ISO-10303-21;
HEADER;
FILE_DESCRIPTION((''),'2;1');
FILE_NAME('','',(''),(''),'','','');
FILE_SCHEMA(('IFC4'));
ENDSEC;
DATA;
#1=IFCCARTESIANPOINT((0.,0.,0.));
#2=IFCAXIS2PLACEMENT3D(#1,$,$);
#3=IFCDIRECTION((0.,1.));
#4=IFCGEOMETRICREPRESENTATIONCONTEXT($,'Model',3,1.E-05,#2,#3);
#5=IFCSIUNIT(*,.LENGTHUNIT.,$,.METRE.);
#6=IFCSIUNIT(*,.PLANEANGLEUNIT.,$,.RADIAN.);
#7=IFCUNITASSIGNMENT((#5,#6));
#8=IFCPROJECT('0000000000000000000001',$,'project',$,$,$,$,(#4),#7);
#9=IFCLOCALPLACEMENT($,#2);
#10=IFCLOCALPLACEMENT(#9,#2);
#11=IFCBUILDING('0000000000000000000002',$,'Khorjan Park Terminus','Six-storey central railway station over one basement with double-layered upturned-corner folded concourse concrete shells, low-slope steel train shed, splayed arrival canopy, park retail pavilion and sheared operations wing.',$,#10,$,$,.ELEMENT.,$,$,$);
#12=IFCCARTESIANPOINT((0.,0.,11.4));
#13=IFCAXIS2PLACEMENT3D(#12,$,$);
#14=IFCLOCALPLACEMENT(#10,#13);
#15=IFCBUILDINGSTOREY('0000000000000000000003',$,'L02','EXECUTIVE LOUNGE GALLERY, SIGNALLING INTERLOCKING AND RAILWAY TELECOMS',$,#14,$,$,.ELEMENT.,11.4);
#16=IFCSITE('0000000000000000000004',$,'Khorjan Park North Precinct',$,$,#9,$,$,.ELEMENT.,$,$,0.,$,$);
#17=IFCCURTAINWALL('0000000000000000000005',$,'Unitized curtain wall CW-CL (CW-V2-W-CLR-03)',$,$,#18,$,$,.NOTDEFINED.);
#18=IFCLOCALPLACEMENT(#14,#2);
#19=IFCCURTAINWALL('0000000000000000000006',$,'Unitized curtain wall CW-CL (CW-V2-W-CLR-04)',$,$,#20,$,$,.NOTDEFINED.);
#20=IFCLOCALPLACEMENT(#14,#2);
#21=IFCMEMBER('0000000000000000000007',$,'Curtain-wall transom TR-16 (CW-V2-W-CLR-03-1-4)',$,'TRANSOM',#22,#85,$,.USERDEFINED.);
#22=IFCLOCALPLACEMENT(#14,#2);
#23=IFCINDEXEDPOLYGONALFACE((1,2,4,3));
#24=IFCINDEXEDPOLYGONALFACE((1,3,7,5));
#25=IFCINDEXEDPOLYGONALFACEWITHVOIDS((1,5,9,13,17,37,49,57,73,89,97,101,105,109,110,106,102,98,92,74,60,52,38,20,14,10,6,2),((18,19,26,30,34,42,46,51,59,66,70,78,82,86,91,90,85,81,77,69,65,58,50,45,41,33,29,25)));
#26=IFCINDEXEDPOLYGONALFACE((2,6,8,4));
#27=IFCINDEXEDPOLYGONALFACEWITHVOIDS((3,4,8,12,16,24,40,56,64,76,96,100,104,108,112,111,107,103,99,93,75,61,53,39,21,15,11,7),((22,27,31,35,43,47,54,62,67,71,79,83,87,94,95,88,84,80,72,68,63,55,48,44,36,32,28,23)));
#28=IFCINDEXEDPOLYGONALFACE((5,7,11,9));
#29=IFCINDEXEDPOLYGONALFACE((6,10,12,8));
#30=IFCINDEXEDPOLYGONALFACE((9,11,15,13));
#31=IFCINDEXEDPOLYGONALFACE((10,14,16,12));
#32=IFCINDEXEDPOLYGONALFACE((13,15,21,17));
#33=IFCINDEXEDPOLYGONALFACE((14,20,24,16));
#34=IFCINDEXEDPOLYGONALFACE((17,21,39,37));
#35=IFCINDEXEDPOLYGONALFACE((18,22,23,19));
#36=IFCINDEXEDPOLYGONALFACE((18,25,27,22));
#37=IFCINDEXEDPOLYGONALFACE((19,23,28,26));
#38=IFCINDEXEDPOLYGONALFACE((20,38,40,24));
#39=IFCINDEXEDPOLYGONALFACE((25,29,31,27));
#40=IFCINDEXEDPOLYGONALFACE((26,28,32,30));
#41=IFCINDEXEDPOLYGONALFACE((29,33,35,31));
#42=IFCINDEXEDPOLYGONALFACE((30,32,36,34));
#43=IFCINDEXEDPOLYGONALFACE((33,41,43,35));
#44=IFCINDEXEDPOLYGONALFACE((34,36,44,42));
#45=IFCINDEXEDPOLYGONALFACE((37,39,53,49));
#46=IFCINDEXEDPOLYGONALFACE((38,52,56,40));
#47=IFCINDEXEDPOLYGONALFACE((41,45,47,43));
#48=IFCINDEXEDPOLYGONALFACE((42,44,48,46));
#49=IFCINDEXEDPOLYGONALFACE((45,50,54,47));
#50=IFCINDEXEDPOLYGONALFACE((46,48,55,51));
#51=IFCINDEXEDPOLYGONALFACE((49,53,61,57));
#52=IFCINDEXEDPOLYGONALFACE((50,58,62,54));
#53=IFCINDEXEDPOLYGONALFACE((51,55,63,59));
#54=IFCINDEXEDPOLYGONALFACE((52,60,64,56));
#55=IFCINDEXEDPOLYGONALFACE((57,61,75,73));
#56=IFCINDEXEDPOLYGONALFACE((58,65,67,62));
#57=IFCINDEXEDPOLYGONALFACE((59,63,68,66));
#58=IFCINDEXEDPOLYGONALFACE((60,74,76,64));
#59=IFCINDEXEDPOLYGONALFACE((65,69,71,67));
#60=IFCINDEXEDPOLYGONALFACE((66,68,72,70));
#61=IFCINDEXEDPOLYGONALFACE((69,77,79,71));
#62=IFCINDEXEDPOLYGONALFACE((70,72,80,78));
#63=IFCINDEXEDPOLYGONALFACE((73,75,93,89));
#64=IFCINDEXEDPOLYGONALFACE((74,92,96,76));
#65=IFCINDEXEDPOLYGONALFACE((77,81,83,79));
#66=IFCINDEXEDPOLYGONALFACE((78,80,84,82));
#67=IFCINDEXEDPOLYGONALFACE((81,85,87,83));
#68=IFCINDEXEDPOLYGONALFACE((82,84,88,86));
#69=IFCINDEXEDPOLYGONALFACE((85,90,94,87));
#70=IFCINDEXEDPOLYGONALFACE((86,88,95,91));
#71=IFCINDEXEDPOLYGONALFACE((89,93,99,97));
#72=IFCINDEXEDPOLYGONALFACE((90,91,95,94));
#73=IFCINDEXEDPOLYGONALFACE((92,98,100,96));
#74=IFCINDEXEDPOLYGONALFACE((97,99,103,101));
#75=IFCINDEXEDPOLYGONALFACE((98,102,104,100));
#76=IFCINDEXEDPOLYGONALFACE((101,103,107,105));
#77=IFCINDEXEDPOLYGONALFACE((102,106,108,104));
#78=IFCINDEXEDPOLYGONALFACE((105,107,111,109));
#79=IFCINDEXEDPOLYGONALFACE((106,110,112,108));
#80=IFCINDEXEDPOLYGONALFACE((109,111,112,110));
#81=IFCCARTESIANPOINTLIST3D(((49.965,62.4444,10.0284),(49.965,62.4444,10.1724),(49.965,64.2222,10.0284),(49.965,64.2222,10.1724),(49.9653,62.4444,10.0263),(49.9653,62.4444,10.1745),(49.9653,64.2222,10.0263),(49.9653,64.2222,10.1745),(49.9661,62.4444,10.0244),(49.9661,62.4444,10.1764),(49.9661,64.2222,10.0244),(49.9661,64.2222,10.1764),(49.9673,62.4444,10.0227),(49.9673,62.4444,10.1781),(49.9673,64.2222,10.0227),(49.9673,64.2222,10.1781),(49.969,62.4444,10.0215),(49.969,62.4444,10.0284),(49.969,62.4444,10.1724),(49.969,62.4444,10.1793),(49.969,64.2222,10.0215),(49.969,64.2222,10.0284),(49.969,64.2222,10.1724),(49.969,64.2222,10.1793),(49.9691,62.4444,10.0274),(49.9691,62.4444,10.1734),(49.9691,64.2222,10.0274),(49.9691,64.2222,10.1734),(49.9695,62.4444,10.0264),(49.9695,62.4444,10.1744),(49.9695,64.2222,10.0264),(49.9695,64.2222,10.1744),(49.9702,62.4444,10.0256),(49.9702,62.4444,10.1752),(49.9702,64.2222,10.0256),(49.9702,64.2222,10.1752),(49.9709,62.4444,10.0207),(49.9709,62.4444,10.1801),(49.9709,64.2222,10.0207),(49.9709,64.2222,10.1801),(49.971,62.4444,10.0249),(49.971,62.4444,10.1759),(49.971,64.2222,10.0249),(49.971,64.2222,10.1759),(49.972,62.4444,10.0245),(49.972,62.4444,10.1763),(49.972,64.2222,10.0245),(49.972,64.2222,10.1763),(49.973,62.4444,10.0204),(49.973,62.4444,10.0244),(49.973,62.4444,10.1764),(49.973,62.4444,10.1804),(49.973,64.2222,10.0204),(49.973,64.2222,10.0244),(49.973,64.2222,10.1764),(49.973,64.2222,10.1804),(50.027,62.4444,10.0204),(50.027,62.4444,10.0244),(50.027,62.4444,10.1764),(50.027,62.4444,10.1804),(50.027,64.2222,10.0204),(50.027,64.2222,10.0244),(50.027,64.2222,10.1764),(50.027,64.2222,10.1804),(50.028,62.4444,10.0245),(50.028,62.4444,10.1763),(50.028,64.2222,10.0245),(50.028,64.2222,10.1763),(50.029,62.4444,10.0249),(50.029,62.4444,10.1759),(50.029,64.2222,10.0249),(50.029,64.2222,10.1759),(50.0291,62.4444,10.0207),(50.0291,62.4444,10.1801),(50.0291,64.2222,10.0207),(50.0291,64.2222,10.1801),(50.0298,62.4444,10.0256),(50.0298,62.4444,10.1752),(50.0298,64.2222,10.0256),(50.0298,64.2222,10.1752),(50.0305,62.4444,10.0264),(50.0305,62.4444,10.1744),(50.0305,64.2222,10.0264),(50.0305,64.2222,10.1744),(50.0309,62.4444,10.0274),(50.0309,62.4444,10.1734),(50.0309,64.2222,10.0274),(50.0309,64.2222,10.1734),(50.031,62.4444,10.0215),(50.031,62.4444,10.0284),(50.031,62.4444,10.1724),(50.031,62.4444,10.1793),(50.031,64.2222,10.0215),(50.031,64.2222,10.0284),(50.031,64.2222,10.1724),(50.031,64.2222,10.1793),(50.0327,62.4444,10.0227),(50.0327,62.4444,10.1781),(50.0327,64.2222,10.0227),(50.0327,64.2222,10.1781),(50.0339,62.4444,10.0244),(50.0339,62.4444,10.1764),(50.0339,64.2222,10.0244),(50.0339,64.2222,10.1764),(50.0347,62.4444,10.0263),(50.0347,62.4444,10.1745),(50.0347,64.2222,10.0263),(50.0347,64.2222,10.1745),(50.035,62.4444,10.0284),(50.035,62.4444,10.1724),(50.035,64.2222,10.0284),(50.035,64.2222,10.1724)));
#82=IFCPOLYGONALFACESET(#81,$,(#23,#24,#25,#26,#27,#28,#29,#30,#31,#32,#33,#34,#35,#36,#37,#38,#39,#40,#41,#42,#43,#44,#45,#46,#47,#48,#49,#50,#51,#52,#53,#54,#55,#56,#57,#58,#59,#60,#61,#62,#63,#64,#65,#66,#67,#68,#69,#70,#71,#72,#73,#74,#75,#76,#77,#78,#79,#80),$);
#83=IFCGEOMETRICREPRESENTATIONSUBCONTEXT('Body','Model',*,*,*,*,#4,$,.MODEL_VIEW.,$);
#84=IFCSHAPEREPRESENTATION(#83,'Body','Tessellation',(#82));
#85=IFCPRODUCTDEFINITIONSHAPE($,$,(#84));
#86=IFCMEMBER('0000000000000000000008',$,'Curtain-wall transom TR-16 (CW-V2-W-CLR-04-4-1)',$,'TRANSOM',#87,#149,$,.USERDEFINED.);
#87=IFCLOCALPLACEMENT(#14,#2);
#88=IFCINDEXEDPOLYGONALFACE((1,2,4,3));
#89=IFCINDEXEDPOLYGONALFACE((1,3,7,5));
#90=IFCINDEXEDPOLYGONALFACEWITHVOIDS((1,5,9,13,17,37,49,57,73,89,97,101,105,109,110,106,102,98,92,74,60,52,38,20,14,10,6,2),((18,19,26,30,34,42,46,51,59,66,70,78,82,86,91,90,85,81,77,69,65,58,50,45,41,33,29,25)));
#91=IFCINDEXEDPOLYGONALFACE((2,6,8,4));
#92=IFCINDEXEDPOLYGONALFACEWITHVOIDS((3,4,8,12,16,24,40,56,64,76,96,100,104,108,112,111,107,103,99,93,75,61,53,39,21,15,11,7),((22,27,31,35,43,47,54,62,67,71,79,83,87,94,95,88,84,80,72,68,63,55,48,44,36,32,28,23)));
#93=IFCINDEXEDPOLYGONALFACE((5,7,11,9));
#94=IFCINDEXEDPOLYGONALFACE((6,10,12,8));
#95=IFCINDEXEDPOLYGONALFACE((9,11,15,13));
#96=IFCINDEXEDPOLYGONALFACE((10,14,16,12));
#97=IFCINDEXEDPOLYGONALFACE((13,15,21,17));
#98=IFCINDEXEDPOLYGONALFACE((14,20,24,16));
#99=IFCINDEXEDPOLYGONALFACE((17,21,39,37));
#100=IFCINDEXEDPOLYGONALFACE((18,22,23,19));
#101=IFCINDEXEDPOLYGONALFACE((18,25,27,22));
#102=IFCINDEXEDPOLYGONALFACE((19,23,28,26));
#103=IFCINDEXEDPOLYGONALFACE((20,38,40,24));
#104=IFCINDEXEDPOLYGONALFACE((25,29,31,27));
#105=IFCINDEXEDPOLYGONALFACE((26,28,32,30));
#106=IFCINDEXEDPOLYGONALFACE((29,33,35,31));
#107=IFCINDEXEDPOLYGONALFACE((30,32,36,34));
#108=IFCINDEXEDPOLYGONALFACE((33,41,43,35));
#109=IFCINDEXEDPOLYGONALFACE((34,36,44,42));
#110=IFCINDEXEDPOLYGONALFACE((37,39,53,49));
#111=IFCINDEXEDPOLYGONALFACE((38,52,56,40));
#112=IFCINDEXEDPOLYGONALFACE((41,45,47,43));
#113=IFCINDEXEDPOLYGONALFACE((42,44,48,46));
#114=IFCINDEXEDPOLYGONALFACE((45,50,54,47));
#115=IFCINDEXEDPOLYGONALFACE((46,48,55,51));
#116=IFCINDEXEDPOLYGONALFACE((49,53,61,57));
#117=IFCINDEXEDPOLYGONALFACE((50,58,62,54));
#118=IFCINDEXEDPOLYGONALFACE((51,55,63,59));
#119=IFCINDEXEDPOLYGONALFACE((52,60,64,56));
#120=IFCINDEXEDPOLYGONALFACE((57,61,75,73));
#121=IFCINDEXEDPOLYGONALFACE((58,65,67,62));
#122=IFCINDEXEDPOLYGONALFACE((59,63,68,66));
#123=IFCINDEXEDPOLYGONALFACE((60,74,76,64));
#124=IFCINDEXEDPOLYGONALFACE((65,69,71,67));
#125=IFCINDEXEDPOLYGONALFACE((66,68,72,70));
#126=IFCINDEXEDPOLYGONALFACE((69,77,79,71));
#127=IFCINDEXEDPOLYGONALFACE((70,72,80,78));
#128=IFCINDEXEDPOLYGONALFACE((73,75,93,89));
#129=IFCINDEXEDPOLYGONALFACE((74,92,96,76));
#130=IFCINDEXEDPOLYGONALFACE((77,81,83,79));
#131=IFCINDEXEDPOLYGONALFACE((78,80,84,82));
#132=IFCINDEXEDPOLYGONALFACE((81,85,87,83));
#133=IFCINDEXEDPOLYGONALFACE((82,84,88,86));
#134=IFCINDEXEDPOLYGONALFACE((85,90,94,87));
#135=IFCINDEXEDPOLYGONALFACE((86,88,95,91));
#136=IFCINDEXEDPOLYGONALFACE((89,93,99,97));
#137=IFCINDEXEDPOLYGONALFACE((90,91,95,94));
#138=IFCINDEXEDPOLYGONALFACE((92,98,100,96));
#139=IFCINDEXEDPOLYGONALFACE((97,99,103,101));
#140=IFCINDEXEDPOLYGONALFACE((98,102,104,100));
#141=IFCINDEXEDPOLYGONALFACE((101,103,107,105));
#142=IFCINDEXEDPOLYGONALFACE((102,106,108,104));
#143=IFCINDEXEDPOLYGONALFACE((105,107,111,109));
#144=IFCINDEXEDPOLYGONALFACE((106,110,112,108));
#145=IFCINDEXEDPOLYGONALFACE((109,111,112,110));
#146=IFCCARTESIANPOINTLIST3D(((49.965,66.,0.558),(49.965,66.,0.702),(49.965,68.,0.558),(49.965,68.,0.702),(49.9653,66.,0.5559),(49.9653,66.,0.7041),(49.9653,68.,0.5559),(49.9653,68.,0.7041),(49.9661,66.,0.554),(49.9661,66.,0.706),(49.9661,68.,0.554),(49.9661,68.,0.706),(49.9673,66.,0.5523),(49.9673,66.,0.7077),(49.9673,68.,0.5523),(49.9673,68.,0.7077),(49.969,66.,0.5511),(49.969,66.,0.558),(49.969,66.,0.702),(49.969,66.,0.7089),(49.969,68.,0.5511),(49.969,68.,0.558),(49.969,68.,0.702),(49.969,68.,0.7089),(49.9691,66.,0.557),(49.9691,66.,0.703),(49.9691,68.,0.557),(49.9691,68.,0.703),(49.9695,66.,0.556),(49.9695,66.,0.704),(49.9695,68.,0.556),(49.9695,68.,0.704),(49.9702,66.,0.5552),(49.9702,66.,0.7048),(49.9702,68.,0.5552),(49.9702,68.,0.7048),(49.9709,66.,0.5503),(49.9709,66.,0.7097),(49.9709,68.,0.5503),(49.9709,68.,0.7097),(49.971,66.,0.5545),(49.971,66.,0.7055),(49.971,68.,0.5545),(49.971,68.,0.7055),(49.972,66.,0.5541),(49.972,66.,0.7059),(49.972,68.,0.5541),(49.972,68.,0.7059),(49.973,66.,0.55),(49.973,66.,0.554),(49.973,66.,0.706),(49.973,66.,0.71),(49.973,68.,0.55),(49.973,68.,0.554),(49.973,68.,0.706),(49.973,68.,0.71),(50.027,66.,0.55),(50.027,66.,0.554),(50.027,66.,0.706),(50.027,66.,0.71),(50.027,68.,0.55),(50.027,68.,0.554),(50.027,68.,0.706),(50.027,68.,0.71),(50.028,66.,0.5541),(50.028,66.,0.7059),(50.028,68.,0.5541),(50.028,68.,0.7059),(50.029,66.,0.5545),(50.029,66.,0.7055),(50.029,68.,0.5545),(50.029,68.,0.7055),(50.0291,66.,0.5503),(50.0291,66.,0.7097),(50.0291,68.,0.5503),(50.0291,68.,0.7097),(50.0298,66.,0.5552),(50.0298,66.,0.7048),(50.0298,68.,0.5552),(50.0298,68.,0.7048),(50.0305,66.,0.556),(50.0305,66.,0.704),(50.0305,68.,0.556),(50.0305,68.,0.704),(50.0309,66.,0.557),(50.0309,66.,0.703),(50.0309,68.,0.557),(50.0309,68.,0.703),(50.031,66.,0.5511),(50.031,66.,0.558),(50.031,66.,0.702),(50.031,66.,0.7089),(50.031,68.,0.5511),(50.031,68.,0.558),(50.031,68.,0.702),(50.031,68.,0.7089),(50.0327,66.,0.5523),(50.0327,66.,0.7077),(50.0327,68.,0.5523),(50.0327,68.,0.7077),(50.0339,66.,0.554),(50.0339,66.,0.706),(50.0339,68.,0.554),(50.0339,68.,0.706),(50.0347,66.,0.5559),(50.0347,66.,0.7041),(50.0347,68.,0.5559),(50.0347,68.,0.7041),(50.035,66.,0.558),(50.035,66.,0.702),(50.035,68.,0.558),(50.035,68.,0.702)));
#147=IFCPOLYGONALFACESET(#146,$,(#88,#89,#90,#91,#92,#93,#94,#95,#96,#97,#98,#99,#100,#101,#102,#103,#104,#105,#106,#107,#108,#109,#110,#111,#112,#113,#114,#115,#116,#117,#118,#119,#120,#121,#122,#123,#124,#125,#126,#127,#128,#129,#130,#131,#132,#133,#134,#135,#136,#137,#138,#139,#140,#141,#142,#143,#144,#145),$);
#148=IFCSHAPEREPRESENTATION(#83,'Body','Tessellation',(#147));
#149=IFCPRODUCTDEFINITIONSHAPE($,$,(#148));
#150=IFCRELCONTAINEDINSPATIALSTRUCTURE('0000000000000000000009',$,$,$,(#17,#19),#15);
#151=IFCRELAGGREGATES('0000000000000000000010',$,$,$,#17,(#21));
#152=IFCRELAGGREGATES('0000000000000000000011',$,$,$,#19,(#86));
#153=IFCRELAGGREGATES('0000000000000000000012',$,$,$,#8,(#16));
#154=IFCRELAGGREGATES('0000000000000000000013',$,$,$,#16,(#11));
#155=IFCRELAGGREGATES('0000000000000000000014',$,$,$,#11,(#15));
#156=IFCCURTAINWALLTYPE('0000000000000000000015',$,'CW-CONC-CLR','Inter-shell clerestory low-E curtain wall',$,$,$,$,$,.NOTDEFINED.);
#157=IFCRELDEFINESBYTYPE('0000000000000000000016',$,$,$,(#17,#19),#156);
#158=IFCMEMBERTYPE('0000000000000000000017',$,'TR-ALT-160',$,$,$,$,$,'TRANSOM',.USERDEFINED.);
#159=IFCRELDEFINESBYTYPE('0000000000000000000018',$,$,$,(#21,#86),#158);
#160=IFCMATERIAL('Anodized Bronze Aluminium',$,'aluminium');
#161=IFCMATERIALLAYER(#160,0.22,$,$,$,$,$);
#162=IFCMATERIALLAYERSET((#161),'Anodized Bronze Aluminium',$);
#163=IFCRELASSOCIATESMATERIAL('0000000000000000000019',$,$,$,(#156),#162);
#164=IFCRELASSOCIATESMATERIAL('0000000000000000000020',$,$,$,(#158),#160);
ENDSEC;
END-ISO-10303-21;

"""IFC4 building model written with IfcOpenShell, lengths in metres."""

from ifc_helpers import new_model, si_unit, direction, frame, origin, origin_2d, place, context, subcontext, project, spatial, hollow_rectangle, extrude, material, layer, layer_set, material_profile, profile_set, type_object, element, aggregate, save


model = new_model("IFC4")

# Units and contexts
model_context = context("Model", 3, precision=1e-05, world=origin(), true_north=direction((0.0, 1.0)))
body_context = subcontext(model_context, "Body", "Model", "MODEL_VIEW")
ifc_project = project(units=[si_unit("LENGTHUNIT", "METRE"), si_unit("PLANEANGLEUNIT", "RADIAN")], contexts=[model_context])

# Site, building, storey
site_placement = place(None, origin())
site = spatial("IfcSite", under=ifc_project, at=site_placement, Name="Khorjan Park North Precinct", CompositionType="ELEMENT", RefElevation=0.0)
building_placement = place(site_placement, origin())
building = spatial("IfcBuilding", under=site, at=building_placement, Name="Khorjan Park Terminus", Description="Six-storey central railway station over one basement with double-layered upturned-corner folded concourse concrete shells, low-slope steel train shed, splayed arrival canopy, park retail pavilion and sheared operations wing.", CompositionType="ELEMENT")
storey_placement = place(building_placement, frame((0.0, 0.0, 11.4)))
storey = spatial("IfcBuildingStorey", under=building, at=storey_placement, Name="L02", Description="EXECUTIVE LOUNGE GALLERY, SIGNALLING INTERLOCKING AND RAILWAY TELECOMS", CompositionType="ELEMENT", Elevation=11.4)

# Curtain wall
ifc_material_1 = material(Name="Anodized Bronze Aluminium", Category="aluminium")
ifc_layer_1 = layer(ifc_material_1, 0.22)
ifc_layer_set_1 = layer_set([ifc_layer_1], Name="Anodized Bronze Aluminium")
curtain_wall_type = type_object("IfcCurtainWallType", Name="CW-CONC-CLR", Description="Inter-shell clerestory low-E curtain wall", PredefinedType="NOTDEFINED", material=ifc_layer_set_1)
curtain_wall_1_placement = place(storey_placement, origin())
curtain_wall_1 = element("IfcCurtainWall", 1, at=curtain_wall_1_placement, inside=storey, type_object=curtain_wall_type, Name="Unitized curtain wall CW-CL (CW-V2-W-CLR-03)", PredefinedType="NOTDEFINED")

# Curtain wall
curtain_wall_2_placement = place(storey_placement, origin())
curtain_wall_2 = element("IfcCurtainWall", 2, at=curtain_wall_2_placement, inside=storey, type_object=curtain_wall_type, Name="Unitized curtain wall CW-CL (CW-V2-W-CLR-04)", PredefinedType="NOTDEFINED")

# Members
ifc_material_profile_1 = material_profile(ifc_material_1, hollow_rectangle(XDim=0.07, YDim=0.16, WallThickness=0.004, InnerFilletRadius=0.004, OuterFilletRadius=0.008, at=origin_2d()), Name="ALT 70x160x4")
ifc_profile_set_1 = profile_set([ifc_material_profile_1], Name="Anodized Bronze Aluminium")
member_type_1 = type_object("IfcMemberType", Name="TR-ALT-160", ElementType="TRANSOM", PredefinedType="USERDEFINED", material=ifc_profile_set_1)
member_1_placement = place(storey_placement, frame((50.0, 64.2222, 10.1004), z_axis=(0.0, -1.0, 0.0), x_axis=(1.0, 0.0, 0.0)))
member_1 = element("IfcMember", 3, at=member_1_placement, type_object=member_type_1, Name="Curtain-wall transom TR-16 (CW-V2-W-CLR-03-1-4)", ObjectType="TRANSOM", PredefinedType="USERDEFINED", context=body_context, shape_type="SweptSolid", body=[
    extrude(hollow_rectangle(XDim=0.07, YDim=0.16, WallThickness=0.004, InnerFilletRadius=0.004, OuterFilletRadius=0.008, at=origin_2d()), origin(), (0.0, 0.0, 1.0), 1.7778),
])
member_2_placement = place(storey_placement, frame((50.0, 68.0, 0.63), z_axis=(0.0, -1.0, 0.0), x_axis=(1.0, 0.0, 0.0)))
member_2 = element("IfcMember", 4, at=member_2_placement, type_object=member_type_1, Name="Curtain-wall transom TR-16 (CW-V2-W-CLR-04-4-1)", ObjectType="TRANSOM", PredefinedType="USERDEFINED", context=body_context, shape_type="SweptSolid", body=[
    extrude(hollow_rectangle(XDim=0.07, YDim=0.16, WallThickness=0.004, InnerFilletRadius=0.004, OuterFilletRadius=0.008, at=origin_2d()), origin(), (0.0, 0.0, 1.0), 2.0),
])

aggregate(curtain_wall_1, [member_1])
aggregate(curtain_wall_2, [member_2])

save(model, "model.ifc")
